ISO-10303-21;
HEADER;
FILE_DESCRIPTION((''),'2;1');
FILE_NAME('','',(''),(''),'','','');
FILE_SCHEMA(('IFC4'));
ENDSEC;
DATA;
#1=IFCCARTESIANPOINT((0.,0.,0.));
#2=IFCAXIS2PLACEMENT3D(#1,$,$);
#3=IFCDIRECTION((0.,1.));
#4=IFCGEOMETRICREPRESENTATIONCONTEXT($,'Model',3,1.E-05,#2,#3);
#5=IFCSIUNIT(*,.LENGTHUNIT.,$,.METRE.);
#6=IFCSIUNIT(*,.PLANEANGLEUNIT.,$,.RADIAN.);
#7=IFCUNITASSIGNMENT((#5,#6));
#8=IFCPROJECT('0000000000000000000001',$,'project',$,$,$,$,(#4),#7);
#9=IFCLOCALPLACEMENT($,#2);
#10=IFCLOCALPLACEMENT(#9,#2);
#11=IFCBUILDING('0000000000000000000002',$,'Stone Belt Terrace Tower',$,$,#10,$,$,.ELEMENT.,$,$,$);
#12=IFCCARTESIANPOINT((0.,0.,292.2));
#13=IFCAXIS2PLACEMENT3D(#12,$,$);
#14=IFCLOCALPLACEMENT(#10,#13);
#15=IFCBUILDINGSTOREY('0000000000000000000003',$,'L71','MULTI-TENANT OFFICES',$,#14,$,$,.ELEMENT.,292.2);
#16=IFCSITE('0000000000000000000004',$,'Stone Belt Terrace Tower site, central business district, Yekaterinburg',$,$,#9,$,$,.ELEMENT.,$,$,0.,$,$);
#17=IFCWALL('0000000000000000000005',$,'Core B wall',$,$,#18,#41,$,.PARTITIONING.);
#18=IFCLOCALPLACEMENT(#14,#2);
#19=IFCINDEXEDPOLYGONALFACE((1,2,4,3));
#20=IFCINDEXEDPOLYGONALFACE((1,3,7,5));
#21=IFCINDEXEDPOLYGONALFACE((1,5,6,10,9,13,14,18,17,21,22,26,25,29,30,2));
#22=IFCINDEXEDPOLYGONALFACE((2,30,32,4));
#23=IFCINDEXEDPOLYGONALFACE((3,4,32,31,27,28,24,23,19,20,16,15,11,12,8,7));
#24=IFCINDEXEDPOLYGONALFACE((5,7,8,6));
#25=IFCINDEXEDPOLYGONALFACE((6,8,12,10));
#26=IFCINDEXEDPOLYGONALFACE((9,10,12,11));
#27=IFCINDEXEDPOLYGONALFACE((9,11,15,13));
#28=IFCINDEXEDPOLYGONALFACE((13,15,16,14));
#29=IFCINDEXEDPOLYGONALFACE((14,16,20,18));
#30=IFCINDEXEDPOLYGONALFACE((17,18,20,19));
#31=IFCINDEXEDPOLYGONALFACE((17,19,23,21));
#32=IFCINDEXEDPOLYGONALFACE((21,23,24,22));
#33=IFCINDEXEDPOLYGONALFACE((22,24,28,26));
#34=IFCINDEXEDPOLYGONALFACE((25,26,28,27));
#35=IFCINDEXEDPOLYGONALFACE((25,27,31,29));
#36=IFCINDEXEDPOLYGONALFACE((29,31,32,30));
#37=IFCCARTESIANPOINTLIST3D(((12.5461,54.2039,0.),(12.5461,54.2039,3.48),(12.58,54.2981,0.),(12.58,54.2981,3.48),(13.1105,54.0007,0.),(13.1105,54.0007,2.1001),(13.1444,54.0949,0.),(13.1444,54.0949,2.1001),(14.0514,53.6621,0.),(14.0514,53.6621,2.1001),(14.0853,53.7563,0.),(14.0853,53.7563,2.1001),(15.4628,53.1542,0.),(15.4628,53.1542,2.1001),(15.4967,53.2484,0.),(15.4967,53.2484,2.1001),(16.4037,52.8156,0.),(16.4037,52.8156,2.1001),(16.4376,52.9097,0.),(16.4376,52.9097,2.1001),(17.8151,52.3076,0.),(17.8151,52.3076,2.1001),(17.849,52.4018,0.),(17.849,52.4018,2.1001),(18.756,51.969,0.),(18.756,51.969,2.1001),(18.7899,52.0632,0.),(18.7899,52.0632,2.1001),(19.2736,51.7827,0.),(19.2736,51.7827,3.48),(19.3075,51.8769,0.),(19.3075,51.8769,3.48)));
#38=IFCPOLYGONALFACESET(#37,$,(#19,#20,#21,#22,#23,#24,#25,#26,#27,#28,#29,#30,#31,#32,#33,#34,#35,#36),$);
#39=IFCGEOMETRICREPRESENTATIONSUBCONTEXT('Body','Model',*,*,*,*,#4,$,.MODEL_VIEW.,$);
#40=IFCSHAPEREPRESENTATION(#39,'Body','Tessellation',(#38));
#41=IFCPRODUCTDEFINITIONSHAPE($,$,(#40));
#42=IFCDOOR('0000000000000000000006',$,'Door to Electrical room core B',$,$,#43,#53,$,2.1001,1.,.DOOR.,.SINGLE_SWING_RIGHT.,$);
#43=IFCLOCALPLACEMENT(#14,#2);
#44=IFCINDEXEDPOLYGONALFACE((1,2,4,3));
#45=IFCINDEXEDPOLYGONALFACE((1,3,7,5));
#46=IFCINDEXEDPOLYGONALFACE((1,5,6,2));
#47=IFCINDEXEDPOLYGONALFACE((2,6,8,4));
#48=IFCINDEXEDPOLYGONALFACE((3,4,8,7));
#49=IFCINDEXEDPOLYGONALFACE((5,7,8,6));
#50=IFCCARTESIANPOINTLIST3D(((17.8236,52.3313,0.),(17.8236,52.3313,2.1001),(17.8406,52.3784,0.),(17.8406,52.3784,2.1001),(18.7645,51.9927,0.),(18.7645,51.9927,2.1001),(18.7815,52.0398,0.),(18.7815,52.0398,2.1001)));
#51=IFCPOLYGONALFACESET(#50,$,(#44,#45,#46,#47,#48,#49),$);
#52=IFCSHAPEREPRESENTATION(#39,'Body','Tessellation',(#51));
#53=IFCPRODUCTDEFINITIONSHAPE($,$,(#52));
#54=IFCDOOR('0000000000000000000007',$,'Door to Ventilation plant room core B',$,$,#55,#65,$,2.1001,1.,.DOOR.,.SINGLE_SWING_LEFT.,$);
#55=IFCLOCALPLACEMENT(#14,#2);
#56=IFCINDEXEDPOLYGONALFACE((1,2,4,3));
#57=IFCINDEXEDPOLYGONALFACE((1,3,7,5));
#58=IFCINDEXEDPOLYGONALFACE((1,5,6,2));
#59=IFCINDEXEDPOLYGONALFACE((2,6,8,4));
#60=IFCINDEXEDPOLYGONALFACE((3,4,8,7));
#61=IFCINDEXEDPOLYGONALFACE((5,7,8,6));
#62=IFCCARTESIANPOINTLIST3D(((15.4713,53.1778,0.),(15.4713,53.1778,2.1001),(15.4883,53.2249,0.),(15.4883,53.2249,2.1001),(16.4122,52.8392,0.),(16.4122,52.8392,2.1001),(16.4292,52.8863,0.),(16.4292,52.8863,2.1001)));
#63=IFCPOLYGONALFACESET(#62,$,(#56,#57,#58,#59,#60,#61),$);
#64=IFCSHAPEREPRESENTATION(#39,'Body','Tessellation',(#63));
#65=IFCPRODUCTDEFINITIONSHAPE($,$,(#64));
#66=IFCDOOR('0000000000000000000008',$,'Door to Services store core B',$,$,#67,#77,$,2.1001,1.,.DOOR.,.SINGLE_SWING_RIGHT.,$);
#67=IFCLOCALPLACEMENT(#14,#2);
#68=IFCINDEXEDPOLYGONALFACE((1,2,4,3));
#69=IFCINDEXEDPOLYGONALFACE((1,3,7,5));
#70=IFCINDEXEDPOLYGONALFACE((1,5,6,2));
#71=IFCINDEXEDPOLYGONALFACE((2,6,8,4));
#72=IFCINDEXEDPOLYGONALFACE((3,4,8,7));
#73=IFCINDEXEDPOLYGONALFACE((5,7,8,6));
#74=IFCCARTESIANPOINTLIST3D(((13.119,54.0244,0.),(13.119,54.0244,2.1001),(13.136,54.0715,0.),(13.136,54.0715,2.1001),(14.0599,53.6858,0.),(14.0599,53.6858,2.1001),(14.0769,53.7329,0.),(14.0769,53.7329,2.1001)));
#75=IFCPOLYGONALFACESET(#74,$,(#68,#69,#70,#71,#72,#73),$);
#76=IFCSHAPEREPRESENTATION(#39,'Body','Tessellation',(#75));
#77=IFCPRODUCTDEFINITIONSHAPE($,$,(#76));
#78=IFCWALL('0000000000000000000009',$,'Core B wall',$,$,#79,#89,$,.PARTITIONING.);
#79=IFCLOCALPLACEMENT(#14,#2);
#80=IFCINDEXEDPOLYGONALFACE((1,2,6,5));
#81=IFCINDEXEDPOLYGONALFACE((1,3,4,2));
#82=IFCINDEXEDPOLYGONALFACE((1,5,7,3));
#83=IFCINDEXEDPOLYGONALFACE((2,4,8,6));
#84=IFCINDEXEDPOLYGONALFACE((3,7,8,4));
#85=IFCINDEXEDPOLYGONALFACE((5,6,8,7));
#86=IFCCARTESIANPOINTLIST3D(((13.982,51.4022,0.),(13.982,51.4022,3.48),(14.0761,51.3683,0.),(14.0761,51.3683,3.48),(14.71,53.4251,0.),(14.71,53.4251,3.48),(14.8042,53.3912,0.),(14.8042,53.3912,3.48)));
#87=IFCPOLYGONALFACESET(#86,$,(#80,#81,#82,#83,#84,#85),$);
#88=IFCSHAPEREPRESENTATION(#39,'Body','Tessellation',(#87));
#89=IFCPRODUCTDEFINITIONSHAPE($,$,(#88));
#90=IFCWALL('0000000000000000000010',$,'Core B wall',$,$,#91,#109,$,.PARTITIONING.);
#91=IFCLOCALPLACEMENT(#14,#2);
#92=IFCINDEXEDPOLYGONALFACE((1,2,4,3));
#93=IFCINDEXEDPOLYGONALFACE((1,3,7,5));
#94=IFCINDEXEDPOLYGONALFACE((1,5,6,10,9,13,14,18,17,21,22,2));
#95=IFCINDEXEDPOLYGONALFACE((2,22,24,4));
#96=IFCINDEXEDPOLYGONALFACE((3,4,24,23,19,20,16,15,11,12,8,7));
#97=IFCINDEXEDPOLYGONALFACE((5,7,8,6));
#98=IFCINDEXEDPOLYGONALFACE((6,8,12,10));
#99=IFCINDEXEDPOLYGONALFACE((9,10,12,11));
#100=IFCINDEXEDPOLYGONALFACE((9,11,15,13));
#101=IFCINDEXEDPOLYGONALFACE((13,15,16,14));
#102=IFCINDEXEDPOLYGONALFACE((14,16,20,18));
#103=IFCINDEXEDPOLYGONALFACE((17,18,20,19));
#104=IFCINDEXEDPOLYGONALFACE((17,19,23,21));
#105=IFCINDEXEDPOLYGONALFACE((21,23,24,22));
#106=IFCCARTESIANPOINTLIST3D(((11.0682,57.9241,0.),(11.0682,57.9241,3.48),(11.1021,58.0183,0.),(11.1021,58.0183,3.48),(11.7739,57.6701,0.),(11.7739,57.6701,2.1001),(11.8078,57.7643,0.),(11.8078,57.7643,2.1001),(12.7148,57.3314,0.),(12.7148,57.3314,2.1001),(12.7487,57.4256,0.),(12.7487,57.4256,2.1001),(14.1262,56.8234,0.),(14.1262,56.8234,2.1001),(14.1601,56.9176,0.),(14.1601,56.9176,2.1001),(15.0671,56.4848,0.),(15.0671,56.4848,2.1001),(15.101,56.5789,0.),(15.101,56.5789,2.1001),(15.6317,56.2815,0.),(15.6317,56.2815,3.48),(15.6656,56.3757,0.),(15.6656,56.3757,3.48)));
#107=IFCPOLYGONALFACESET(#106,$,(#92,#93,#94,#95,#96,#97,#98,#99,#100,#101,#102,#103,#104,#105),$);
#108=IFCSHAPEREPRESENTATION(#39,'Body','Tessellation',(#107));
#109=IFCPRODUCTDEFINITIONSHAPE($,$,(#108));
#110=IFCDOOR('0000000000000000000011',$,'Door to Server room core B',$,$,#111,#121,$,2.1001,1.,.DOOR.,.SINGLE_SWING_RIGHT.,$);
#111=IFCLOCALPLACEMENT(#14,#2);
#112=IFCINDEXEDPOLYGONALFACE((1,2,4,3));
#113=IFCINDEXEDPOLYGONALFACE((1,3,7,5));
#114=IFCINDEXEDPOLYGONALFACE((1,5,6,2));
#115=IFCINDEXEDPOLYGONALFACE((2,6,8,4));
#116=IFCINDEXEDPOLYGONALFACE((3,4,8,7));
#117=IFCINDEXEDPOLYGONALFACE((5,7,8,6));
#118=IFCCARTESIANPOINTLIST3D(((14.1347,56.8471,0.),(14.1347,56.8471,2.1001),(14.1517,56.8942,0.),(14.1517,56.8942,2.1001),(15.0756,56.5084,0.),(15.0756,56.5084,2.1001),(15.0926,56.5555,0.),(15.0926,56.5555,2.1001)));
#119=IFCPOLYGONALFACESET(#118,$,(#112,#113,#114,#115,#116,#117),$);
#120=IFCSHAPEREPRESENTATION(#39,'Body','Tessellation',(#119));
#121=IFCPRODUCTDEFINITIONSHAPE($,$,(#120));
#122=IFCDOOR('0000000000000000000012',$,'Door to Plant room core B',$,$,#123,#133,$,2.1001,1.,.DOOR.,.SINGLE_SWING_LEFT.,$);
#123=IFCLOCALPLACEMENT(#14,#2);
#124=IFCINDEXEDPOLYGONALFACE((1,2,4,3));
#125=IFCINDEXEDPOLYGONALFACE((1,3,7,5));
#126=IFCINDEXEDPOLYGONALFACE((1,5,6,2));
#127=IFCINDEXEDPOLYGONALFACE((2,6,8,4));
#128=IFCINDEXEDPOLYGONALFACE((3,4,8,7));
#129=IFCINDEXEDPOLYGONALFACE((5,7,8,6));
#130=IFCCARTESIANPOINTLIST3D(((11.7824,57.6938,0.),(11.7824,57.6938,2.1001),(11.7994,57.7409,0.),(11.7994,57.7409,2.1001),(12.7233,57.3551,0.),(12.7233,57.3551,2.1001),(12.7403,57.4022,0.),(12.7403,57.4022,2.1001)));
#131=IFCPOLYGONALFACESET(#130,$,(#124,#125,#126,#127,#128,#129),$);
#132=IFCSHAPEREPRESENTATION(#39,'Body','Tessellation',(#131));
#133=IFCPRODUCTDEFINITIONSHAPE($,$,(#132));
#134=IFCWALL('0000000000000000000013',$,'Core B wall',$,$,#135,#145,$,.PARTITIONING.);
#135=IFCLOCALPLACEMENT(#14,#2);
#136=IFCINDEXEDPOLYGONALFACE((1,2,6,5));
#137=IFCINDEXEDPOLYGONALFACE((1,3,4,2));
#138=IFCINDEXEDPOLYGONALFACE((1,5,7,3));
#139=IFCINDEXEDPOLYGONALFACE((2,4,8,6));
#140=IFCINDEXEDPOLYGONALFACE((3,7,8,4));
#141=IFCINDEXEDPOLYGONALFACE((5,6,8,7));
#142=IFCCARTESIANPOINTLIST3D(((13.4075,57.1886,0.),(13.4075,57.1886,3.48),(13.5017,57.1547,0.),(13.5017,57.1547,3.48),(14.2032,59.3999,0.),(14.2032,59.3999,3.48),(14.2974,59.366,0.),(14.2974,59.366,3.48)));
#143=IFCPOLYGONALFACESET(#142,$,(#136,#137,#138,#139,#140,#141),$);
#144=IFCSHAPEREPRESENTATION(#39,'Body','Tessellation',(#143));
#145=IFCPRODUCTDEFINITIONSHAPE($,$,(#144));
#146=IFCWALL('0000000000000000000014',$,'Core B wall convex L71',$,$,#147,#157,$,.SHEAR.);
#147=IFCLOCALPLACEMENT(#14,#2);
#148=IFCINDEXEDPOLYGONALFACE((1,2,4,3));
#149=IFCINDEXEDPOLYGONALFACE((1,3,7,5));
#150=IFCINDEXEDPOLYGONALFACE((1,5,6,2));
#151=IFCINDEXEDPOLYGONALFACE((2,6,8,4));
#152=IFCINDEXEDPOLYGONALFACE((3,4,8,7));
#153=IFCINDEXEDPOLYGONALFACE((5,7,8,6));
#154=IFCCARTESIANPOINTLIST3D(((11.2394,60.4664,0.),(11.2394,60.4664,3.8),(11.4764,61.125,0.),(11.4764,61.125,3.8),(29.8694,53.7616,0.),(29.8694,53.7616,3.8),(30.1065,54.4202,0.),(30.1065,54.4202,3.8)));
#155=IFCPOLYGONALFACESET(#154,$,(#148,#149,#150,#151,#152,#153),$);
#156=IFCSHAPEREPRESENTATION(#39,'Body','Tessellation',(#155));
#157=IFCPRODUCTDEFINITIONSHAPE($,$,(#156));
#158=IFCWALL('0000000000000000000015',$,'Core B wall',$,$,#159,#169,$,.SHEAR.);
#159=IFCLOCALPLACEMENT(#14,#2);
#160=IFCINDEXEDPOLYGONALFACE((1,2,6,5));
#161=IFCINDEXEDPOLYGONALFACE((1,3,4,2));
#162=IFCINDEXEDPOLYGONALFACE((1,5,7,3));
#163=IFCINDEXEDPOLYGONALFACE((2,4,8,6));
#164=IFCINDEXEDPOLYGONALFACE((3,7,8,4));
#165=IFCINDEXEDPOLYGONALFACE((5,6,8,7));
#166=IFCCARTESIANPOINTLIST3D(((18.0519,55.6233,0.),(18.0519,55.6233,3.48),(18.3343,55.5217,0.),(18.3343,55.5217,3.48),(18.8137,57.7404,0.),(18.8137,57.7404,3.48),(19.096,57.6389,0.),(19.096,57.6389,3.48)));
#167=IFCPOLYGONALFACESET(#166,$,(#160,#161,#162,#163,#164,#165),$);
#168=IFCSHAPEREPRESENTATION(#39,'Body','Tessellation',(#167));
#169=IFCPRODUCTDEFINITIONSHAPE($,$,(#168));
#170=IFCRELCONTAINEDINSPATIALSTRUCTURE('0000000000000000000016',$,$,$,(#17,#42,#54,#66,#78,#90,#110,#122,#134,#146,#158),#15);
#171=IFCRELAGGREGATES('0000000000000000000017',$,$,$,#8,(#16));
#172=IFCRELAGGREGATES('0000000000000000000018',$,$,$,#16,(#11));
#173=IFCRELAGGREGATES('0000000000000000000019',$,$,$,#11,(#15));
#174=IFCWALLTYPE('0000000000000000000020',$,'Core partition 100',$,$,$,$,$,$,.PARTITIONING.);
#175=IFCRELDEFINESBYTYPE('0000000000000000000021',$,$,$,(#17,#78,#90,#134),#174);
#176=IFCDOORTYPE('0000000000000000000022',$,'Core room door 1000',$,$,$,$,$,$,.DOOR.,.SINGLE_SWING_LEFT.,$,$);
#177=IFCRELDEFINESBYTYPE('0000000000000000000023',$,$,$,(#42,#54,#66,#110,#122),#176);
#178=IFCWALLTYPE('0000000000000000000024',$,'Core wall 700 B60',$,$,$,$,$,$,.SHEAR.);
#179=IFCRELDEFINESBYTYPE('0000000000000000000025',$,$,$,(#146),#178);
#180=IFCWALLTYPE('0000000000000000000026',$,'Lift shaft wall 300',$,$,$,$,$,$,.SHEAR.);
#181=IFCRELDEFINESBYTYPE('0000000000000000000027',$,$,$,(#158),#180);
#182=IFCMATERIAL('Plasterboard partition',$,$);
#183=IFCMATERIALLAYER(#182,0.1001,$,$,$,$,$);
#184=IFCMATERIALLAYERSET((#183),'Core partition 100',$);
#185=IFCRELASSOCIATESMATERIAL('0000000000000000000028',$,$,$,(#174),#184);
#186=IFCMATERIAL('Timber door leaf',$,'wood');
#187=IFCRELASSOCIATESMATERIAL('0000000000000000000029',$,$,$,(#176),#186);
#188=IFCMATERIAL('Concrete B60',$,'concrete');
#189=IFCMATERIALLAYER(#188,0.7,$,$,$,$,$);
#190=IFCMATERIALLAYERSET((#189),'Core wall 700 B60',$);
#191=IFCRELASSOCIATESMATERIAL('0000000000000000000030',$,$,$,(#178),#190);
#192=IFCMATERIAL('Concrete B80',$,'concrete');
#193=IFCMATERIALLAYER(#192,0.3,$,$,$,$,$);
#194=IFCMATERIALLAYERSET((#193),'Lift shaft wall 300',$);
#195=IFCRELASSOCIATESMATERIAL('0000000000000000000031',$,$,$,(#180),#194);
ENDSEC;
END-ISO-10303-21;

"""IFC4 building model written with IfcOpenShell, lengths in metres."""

from ifc_helpers import new_model, si_unit, direction, frame, frame_2d, origin, place, context, subcontext, project, spatial, rectangle, extrude, material, layer, layer_set, type_object, element, fill, save


model = new_model("IFC4")

# Units and contexts
model_context = context("Model", 3, precision=1e-05, world=origin(), true_north=direction((0.0, 1.0)))
body_context = subcontext(model_context, "Body", "Model", "MODEL_VIEW")
ifc_project = project(units=[si_unit("LENGTHUNIT", "METRE"), si_unit("PLANEANGLEUNIT", "RADIAN")], contexts=[model_context])

# Site, building, storey
site_placement = place(None, origin())
site = spatial("IfcSite", under=ifc_project, at=site_placement, Name="Stone Belt Terrace Tower site, central business district, Yekaterinburg", CompositionType="ELEMENT", RefElevation=0.0)
building_placement = place(site_placement, origin())
building = spatial("IfcBuilding", under=site, at=building_placement, Name="Stone Belt Terrace Tower", CompositionType="ELEMENT")
storey_placement = place(building_placement, frame((0.0, 0.0, 292.2)))
storey = spatial("IfcBuildingStorey", under=building, at=storey_placement, Name="L71", Description="MULTI-TENANT OFFICES", CompositionType="ELEMENT", Elevation=292.2)

# Shared definitions
ifc_material_1 = material(Name="Concrete B60", Category="concrete")

# Wall, openings, doors
ifc_material_2 = material(Name="Plasterboard partition")
ifc_layer_1 = layer(ifc_material_2, 0.1001)
ifc_layer_set_1 = layer_set([ifc_layer_1], Name="Core partition 100")
wall_type_1 = type_object("IfcWallType", Name="Core partition 100", PredefinedType="PARTITIONING", material=ifc_layer_set_1)
wall_1_placement = place(storey_placement, frame((19.2905, 51.8298, 0.0), z_axis=(0.0, 0.0, 1.0), x_axis=(-0.940922, 0.338624, 0.0)))
wall_1 = element("IfcWall", 1, at=wall_1_placement, inside=storey, type_object=wall_type_1, Name="Core B wall", PredefinedType="PARTITIONING", context=body_context, shape_type="SweptSolid", body=[
    extrude(rectangle(XDim=7.1499, YDim=0.1001, at=frame_2d((3.575, 0.0))), origin(), (0.0, 0.0, 1.0), 3.48),
])
opening_1_placement = place(wall_1_placement, frame((0.55, 0.0, 0.0)))
opening_1 = element("IfcOpeningElement", 2, at=opening_1_placement, cuts=wall_1, PredefinedType="OPENING", context=body_context, shape_type="SweptSolid", body=[
    extrude(rectangle(XDim=1.0, YDim=2.1001, at=frame_2d((0.5, 1.05))), frame((0.0, 0.0601, 0.0), z_axis=(0.0, -1.0, 0.0), x_axis=(1.0, 0.0, 0.0)), (0.0, 0.0, 1.0), 0.1201),
])
opening_2_placement = place(wall_1_placement, frame((3.05, 0.0, 0.0)))
opening_2 = element("IfcOpeningElement", 3, at=opening_2_placement, cuts=wall_1, PredefinedType="OPENING", context=body_context, shape_type="SweptSolid", body=[
    extrude(rectangle(XDim=1.0, YDim=2.1001, at=frame_2d((0.5, 1.05))), frame((0.0, 0.0601, 0.0), z_axis=(0.0, -1.0, 0.0), x_axis=(1.0, 0.0, 0.0)), (0.0, 0.0, 1.0), 0.1201),
])
opening_3_placement = place(wall_1_placement, frame((5.55, 0.0, 0.0)))
opening_3 = element("IfcOpeningElement", 4, at=opening_3_placement, cuts=wall_1, PredefinedType="OPENING", context=body_context, shape_type="SweptSolid", body=[
    extrude(rectangle(XDim=1.0, YDim=2.1001, at=frame_2d((0.5, 1.05))), frame((0.0, 0.0601, 0.0), z_axis=(0.0, -1.0, 0.0), x_axis=(1.0, 0.0, 0.0)), (0.0, 0.0, 1.0), 0.1201),
])
ifc_material_3 = material(Name="Timber door leaf", Category="wood")
door_type_1 = type_object("IfcDoorType", Name="Core room door 1000", OperationType="SINGLE_SWING_LEFT", PredefinedType="DOOR", material=ifc_material_3)
door_1_placement = place(opening_1_placement, origin())
door_1 = element("IfcDoor", 5, at=door_1_placement, inside=storey, type_object=door_type_1, Name="Door to Electrical room core B", OperationType="SINGLE_SWING_RIGHT", OverallHeight=2.1001, OverallWidth=1.0, PredefinedType="DOOR", context=body_context, shape_type="SweptSolid", body=[
    extrude(rectangle(XDim=1.0, YDim=2.1001, at=frame_2d((0.5, 1.05))), frame((0.0, 0.0249, 0.0), z_axis=(0.0, -1.0, 0.0), x_axis=(1.0, 0.0, 0.0)), (0.0, 0.0, 1.0), 0.05),
])
fill(opening_1, door_1)
door_2_placement = place(opening_2_placement, origin())
door_2 = element("IfcDoor", 6, at=door_2_placement, inside=storey, type_object=door_type_1, Name="Door to Ventilation plant room core B", OperationType="SINGLE_SWING_LEFT", OverallHeight=2.1001, OverallWidth=1.0, PredefinedType="DOOR", context=body_context, shape_type="SweptSolid", body=[
    extrude(rectangle(XDim=1.0, YDim=2.1001, at=frame_2d((0.5, 1.05))), frame((0.0, 0.0249, 0.0), z_axis=(0.0, -1.0, 0.0), x_axis=(1.0, 0.0, 0.0)), (0.0, 0.0, 1.0), 0.05),
])
fill(opening_2, door_2)
door_3_placement = place(opening_3_placement, origin())
door_3 = element("IfcDoor", 7, at=door_3_placement, inside=storey, type_object=door_type_1, Name="Door to Services store core B", OperationType="SINGLE_SWING_RIGHT", OverallHeight=2.1001, OverallWidth=1.0, PredefinedType="DOOR", context=body_context, shape_type="SweptSolid", body=[
    extrude(rectangle(XDim=1.0, YDim=2.1001, at=frame_2d((0.5, 1.05))), frame((0.0, 0.0249, 0.0), z_axis=(0.0, -1.0, 0.0), x_axis=(1.0, 0.0, 0.0)), (0.0, 0.0, 1.0), 0.05),
])
fill(opening_3, door_3)

# Wall
wall_2_placement = place(storey_placement, frame((14.0291, 51.3853, 0.0), z_axis=(0.0, 0.0, 1.0), x_axis=(0.338623, 0.940922, 0.0)))
element("IfcWall", 8, at=wall_2_placement, inside=storey, type_object=wall_type_1, Name="Core B wall", PredefinedType="PARTITIONING", context=body_context, shape_type="SweptSolid", body=[
    extrude(rectangle(XDim=2.1499, YDim=0.1001, at=frame_2d((1.075, 0.0))), origin(), (0.0, 0.0, 1.0), 3.48),
])

# Wall, openings, doors
wall_3_placement = place(storey_placement, frame((15.6487, 56.3286, 0.0), z_axis=(0.0, 0.0, 1.0), x_axis=(-0.940905, 0.33867, 0.0)))
wall_3 = element("IfcWall", 9, at=wall_3_placement, inside=storey, type_object=wall_type_1, Name="Core B wall", PredefinedType="PARTITIONING", context=body_context, shape_type="SweptSolid", body=[
    extrude(rectangle(XDim=4.8501, YDim=0.1001, at=frame_2d((2.425, 0.0))), origin(), (0.0, 0.0, 1.0), 3.48),
])
opening_4_placement = place(wall_3_placement, frame((0.6001, 0.0, 0.0)))
opening_4 = element("IfcOpeningElement", 10, at=opening_4_placement, cuts=wall_3, PredefinedType="OPENING", context=body_context, shape_type="SweptSolid", body=[
    extrude(rectangle(XDim=1.0, YDim=2.1001, at=frame_2d((0.5, 1.05))), frame((0.0, 0.0601, 0.0), z_axis=(0.0, -1.0, 0.0), x_axis=(1.0, 0.0, 0.0)), (0.0, 0.0, 1.0), 0.1201),
])
opening_5_placement = place(wall_3_placement, frame((3.1001, 0.0, 0.0)))
opening_5 = element("IfcOpeningElement", 11, at=opening_5_placement, cuts=wall_3, PredefinedType="OPENING", context=body_context, shape_type="SweptSolid", body=[
    extrude(rectangle(XDim=1.0, YDim=2.1001, at=frame_2d((0.5, 1.05))), frame((0.0, 0.0601, 0.0), z_axis=(0.0, -1.0, 0.0), x_axis=(1.0, 0.0, 0.0)), (0.0, 0.0, 1.0), 0.1201),
])
door_4_placement = place(opening_4_placement, origin())
door_4 = element("IfcDoor", 12, at=door_4_placement, inside=storey, type_object=door_type_1, Name="Door to Server room core B", OperationType="SINGLE_SWING_RIGHT", OverallHeight=2.1001, OverallWidth=1.0, PredefinedType="DOOR", context=body_context, shape_type="SweptSolid", body=[
    extrude(rectangle(XDim=1.0, YDim=2.1001, at=frame_2d((0.5, 1.05))), frame((0.0, 0.0249, 0.0), z_axis=(0.0, -1.0, 0.0), x_axis=(1.0, 0.0, 0.0)), (0.0, 0.0, 1.0), 0.05),
])
fill(opening_4, door_4)
door_5_placement = place(opening_5_placement, origin())
door_5 = element("IfcDoor", 13, at=door_5_placement, inside=storey, type_object=door_type_1, Name="Door to Plant room core B", OperationType="SINGLE_SWING_LEFT", OverallHeight=2.1001, OverallWidth=1.0, PredefinedType="DOOR", context=body_context, shape_type="SweptSolid", body=[
    extrude(rectangle(XDim=1.0, YDim=2.1001, at=frame_2d((0.5, 1.05))), frame((0.0, 0.0249, 0.0), z_axis=(0.0, -1.0, 0.0), x_axis=(1.0, 0.0, 0.0)), (0.0, 0.0, 1.0), 0.05),
])
fill(opening_5, door_5)

# Walls
wall_4_placement = place(storey_placement, frame((13.4546, 57.1716, 0.0), z_axis=(0.0, 0.0, 1.0), x_axis=(0.33858, 0.940938, 0.0)))
element("IfcWall", 14, at=wall_4_placement, inside=storey, type_object=wall_type_1, Name="Core B wall", PredefinedType="PARTITIONING", context=body_context, shape_type="SweptSolid", body=[
    extrude(rectangle(XDim=2.3501, YDim=0.1001, at=frame_2d((1.175, 0.0))), origin(), (0.0, 0.0, 1.0), 3.48),
])
ifc_layer_2 = layer(ifc_material_1, 0.7)
ifc_layer_set_2 = layer_set([ifc_layer_2], Name="Core wall 700 B60")
wall_type_2 = type_object("IfcWallType", Name="Core wall 700 B60", PredefinedType="SHEAR", material=ifc_layer_set_2)
wall_5_placement = place(storey_placement, frame((11.3579, 60.7957, 0.0), z_axis=(0.0, 0.0, 1.0), x_axis=(0.94092, -0.33863, 0.0)))
element("IfcWall", 15, at=wall_5_placement, inside=storey, type_object=wall_type_2, Name="Core B wall convex L71", PredefinedType="SHEAR", context=body_context, shape_type="SweptSolid", body=[
    extrude(rectangle(XDim=19.7998, YDim=0.7, at=frame_2d((9.8999, 0.0))), origin(), (0.0, 0.0, 1.0), 3.8),
])
ifc_material_4 = material(Name="Concrete B80", Category="concrete")
ifc_layer_3 = layer(ifc_material_4, 0.3)
ifc_layer_set_3 = layer_set([ifc_layer_3], Name="Lift shaft wall 300")
wall_type_3 = type_object("IfcWallType", Name="Lift shaft wall 300", PredefinedType="SHEAR", material=ifc_layer_set_3)
wall_6_placement = place(storey_placement, frame((18.1931, 55.5725, 0.0), z_axis=(0.0, 0.0, 1.0), x_axis=(0.338535, 0.940954, 0.0)))
element("IfcWall", 16, at=wall_6_placement, inside=storey, type_object=wall_type_3, Name="Core B wall", PredefinedType="SHEAR", context=body_context, shape_type="SweptSolid", body=[
    extrude(rectangle(XDim=2.25, YDim=0.3, at=frame_2d((1.125, 0.0))), origin(), (0.0, 0.0, 1.0), 3.48),
])

save(model, "model.ifc")
